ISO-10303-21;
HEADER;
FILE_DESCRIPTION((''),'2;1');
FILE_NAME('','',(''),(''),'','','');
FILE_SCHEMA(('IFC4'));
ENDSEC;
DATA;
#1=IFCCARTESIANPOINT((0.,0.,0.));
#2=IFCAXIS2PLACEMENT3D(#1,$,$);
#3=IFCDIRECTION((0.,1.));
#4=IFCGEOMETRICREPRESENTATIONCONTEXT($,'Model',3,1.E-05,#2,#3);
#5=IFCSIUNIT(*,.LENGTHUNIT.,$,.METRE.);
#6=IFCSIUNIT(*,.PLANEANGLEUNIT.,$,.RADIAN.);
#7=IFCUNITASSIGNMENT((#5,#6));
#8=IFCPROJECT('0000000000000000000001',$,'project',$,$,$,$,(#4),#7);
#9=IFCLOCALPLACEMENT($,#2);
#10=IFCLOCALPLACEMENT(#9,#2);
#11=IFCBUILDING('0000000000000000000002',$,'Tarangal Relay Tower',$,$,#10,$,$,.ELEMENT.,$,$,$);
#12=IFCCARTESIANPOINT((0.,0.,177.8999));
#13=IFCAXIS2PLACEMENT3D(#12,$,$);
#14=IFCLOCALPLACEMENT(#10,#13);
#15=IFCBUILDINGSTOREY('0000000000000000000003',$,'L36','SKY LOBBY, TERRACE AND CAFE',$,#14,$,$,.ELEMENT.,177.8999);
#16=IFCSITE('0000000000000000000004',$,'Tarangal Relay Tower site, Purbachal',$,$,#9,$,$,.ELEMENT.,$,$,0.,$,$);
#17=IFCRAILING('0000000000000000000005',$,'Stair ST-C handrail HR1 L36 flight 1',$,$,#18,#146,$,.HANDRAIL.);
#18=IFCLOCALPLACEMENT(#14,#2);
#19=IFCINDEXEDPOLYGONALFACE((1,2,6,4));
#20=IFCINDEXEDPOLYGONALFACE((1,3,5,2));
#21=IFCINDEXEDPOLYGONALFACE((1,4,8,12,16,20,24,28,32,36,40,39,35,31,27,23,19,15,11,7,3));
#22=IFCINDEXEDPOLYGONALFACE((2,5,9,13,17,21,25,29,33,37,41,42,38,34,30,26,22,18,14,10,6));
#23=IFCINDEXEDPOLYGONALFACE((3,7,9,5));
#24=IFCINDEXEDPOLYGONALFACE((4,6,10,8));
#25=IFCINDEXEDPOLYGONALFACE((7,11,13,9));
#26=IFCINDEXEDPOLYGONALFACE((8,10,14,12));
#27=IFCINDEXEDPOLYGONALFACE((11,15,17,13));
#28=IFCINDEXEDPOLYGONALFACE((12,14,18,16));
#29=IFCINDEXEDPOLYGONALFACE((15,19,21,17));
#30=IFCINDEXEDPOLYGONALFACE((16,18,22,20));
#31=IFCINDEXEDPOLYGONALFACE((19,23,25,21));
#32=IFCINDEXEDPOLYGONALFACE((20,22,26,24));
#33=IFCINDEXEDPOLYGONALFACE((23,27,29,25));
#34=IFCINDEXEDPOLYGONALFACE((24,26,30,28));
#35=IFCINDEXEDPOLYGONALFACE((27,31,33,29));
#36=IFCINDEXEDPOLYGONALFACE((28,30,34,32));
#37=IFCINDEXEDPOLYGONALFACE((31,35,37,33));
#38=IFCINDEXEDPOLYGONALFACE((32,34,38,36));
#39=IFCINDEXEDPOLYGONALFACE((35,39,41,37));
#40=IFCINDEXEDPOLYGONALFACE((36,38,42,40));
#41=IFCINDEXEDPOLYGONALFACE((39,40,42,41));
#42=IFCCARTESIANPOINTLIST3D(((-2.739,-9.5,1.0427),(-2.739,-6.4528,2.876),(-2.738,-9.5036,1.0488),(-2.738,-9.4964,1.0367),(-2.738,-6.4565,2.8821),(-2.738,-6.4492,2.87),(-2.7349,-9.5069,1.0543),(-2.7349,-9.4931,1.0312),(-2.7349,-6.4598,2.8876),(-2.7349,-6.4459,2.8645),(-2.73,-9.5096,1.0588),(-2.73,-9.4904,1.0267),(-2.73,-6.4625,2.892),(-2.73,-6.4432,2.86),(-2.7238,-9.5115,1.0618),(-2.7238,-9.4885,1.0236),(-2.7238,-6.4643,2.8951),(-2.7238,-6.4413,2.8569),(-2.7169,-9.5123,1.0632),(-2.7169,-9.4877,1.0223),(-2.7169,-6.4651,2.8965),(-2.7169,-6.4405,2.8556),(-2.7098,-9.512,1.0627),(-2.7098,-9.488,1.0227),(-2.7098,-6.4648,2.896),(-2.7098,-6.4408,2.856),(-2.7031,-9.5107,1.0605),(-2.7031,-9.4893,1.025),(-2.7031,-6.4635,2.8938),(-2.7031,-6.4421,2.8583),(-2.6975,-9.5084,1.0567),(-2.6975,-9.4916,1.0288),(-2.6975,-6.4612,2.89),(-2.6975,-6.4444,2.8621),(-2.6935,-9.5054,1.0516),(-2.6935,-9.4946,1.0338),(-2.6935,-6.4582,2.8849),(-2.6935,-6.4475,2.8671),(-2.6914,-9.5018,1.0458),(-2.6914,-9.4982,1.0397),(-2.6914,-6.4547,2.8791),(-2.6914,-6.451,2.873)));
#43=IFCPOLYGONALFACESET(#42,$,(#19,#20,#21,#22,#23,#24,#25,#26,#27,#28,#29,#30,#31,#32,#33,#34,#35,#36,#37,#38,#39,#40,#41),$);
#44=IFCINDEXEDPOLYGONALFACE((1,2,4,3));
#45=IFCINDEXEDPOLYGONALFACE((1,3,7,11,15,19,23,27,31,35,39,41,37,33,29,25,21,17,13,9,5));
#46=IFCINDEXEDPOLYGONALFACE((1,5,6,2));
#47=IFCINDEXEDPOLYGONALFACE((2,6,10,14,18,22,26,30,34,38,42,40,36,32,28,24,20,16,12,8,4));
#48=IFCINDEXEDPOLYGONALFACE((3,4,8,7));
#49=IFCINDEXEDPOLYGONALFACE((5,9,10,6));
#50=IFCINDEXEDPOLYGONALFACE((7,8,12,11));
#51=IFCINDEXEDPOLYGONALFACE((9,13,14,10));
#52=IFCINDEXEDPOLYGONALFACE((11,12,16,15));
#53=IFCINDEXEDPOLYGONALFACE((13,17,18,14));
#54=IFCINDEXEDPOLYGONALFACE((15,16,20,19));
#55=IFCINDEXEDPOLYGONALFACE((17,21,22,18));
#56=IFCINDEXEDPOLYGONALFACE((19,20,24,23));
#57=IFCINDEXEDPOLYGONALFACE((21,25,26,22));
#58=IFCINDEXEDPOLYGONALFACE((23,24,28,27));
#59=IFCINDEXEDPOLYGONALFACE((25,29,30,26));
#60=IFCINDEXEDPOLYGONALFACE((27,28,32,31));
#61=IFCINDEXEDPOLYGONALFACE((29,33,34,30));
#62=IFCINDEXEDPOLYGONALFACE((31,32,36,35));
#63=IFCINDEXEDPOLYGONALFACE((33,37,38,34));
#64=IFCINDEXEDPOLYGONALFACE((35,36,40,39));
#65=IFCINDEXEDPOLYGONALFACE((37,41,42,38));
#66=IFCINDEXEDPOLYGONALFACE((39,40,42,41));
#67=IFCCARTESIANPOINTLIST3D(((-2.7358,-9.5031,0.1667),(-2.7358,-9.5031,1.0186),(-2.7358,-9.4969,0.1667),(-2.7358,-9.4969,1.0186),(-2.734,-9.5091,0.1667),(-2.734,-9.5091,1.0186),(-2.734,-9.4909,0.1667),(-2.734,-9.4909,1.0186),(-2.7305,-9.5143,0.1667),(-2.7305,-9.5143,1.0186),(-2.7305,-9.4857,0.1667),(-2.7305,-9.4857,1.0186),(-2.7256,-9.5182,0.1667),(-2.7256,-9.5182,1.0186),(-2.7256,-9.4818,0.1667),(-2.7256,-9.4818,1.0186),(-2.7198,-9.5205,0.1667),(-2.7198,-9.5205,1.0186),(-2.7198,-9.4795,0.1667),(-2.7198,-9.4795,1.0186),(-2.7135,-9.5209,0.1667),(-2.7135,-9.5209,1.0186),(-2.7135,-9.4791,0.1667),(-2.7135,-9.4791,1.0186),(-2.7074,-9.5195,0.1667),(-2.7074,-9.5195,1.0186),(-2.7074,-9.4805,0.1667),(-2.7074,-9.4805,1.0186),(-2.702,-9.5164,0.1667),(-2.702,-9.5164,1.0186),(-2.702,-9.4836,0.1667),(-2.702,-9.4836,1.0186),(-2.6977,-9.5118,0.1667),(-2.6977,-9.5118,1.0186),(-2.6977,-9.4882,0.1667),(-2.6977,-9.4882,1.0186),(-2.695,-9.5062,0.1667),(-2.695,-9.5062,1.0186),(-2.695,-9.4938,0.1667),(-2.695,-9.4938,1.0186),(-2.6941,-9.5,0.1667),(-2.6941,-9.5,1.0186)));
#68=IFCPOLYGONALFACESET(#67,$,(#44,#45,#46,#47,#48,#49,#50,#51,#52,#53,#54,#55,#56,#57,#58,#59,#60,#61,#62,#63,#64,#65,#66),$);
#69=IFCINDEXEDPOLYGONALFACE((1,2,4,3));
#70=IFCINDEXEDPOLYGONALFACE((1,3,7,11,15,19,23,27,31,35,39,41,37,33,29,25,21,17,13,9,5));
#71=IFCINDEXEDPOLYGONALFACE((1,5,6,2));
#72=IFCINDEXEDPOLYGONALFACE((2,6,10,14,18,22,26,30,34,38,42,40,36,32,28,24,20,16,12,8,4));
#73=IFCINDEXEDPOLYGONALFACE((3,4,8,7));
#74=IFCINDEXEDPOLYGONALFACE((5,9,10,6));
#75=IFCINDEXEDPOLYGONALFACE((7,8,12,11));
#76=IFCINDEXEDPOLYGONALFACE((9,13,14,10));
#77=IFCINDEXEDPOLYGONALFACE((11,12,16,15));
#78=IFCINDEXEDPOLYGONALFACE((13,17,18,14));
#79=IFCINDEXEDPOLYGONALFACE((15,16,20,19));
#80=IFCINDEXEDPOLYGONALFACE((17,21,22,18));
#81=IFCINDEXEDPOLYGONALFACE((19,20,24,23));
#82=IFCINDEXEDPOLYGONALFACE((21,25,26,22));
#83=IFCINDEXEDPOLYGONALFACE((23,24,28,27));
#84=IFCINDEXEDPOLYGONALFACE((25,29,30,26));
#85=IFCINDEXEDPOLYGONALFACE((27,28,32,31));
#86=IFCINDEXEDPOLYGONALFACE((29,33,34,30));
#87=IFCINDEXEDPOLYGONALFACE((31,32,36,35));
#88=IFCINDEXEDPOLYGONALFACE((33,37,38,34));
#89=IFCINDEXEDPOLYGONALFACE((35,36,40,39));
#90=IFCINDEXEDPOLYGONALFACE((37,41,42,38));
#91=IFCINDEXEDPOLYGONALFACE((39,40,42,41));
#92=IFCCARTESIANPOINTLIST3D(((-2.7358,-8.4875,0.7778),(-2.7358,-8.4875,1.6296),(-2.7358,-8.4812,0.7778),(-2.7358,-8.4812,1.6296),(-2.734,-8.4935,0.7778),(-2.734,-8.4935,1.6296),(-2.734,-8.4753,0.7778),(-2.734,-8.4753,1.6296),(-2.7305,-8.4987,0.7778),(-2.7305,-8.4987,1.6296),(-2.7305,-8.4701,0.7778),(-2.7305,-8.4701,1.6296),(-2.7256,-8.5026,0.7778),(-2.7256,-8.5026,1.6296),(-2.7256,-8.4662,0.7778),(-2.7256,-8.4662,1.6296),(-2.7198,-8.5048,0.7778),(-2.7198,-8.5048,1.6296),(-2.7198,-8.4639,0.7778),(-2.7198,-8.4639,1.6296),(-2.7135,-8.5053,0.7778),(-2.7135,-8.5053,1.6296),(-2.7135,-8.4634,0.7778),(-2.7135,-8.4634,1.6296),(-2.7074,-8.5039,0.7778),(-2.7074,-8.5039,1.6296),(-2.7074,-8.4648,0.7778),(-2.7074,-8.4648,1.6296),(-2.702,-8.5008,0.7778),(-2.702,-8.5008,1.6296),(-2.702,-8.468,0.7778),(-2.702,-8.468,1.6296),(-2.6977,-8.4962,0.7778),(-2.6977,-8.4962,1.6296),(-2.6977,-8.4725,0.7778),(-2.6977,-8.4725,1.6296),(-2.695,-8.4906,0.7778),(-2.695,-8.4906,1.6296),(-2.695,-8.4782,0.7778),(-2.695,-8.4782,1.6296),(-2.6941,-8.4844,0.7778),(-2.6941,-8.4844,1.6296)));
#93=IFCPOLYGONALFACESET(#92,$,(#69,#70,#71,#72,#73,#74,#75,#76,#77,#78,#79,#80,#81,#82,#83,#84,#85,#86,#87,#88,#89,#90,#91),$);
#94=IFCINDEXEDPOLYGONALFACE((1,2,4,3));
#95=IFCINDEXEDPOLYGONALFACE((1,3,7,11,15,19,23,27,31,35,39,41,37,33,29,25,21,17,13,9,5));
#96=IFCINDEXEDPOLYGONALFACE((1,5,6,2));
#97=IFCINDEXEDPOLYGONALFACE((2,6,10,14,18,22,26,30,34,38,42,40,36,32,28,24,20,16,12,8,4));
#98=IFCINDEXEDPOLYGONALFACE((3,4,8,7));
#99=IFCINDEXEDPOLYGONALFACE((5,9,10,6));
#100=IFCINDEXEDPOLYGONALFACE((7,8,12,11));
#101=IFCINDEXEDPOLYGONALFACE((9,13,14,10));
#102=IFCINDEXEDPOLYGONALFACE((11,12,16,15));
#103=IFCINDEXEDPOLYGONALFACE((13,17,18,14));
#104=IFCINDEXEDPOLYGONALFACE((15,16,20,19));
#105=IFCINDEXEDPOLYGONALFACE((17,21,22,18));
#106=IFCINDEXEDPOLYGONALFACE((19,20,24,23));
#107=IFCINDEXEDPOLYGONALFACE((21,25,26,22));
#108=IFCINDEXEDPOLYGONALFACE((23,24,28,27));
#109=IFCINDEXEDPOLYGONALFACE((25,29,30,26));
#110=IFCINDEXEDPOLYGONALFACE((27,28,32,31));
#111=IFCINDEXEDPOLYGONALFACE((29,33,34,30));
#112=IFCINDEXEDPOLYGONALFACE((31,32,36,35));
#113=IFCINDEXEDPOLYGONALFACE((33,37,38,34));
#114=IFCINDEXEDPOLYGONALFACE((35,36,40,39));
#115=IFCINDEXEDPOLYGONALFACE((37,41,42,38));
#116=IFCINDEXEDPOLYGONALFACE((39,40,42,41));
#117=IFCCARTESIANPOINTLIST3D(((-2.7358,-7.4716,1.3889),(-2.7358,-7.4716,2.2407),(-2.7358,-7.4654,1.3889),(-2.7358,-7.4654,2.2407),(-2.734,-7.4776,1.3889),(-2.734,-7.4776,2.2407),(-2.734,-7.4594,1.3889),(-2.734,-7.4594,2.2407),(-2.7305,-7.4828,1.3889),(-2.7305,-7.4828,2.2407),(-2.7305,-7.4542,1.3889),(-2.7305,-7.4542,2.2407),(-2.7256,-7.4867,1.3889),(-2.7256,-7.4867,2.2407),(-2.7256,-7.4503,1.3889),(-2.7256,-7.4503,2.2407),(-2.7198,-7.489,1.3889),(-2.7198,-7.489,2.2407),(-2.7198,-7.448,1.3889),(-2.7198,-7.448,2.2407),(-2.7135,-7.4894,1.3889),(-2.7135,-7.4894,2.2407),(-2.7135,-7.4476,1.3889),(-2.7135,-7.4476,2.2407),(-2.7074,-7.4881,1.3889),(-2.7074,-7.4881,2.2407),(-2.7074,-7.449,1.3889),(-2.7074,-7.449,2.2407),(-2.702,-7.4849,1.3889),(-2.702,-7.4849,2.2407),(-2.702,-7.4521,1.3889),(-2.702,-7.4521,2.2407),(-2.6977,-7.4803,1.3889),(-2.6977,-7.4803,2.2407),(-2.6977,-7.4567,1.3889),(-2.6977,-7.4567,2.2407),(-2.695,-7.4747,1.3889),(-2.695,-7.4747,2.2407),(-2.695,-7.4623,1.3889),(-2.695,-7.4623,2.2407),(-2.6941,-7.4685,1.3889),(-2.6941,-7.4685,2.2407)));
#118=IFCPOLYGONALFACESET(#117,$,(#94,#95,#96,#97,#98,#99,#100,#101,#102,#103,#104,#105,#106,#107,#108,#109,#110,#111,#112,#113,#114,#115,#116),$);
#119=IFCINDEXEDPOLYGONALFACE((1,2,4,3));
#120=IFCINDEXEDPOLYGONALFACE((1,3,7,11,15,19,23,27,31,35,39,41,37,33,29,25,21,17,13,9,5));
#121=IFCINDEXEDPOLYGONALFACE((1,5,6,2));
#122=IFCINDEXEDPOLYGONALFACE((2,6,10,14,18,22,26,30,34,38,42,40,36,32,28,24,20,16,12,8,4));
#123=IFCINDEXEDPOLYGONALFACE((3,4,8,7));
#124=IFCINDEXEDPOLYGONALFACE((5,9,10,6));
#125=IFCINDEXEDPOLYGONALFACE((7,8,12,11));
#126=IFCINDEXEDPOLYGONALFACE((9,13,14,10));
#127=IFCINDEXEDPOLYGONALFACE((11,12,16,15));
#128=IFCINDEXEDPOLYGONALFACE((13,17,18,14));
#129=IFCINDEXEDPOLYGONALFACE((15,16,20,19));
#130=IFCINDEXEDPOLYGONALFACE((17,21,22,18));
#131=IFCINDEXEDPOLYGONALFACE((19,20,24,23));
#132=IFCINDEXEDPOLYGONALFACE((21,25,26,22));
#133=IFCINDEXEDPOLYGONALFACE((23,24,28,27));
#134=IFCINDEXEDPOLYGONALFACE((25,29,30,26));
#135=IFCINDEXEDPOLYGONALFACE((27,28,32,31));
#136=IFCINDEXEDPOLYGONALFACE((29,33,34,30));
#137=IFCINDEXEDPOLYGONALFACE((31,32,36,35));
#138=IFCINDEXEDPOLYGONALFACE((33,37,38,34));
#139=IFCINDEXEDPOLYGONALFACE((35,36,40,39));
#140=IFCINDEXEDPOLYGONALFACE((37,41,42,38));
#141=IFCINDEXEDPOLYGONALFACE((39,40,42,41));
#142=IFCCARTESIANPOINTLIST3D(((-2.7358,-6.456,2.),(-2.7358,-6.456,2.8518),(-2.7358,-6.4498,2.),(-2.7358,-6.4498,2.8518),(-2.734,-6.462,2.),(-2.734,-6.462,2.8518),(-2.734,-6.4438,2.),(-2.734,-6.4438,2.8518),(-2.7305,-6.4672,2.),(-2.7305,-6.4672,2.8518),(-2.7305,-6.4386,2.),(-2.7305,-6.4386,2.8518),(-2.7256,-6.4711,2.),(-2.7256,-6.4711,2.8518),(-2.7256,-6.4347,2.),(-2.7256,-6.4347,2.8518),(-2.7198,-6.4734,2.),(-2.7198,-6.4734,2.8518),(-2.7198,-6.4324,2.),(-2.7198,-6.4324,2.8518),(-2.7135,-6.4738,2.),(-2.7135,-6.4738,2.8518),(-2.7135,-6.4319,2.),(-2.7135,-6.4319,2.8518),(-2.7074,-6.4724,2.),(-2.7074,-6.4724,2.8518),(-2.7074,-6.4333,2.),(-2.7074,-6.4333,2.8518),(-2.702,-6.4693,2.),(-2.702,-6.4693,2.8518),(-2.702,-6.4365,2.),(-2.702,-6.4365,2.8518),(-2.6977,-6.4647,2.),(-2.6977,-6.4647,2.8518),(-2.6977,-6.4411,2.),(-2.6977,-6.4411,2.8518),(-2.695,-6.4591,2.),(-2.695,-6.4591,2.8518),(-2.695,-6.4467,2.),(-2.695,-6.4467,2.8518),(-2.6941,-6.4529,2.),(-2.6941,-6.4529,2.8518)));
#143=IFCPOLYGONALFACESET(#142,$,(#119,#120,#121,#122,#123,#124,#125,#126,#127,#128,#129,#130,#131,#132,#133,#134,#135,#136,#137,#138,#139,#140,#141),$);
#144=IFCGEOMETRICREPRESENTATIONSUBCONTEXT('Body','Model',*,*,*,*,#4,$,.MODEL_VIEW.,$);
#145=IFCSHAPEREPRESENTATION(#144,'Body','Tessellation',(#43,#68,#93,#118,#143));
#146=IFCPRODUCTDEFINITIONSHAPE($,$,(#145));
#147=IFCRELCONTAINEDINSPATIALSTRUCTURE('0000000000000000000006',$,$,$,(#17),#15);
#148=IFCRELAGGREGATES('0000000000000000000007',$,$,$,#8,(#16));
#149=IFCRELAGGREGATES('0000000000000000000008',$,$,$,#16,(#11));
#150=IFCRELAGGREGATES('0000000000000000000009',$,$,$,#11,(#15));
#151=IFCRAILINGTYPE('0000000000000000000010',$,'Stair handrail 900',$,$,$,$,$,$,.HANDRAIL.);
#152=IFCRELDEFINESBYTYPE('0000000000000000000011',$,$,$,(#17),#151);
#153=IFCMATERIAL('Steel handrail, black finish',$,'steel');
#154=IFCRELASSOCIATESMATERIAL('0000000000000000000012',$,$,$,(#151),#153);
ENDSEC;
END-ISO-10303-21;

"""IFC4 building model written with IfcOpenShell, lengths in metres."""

from ifc_helpers import new_model, si_unit, direction, frame, origin, origin_2d, place, context, subcontext, project, spatial, circle, extrude, material, type_object, element, save


model = new_model("IFC4")

# Units and contexts
model_context = context("Model", 3, precision=1e-05, world=origin(), true_north=direction((0.0, 1.0)))
body_context = subcontext(model_context, "Body", "Model", "MODEL_VIEW")
ifc_project = project(units=[si_unit("LENGTHUNIT", "METRE"), si_unit("PLANEANGLEUNIT", "RADIAN")], contexts=[model_context])

# Site, building, storey
site_placement = place(None, origin())
site = spatial("IfcSite", under=ifc_project, at=site_placement, Name="Tarangal Relay Tower site, Purbachal", CompositionType="ELEMENT", RefElevation=0.0)
building_placement = place(site_placement, origin())
building = spatial("IfcBuilding", under=site, at=building_placement, Name="Tarangal Relay Tower", CompositionType="ELEMENT")
storey_placement = place(building_placement, frame((0.0, 0.0, 177.8999)))
storey = spatial("IfcBuildingStorey", under=building, at=storey_placement, Name="L36", Description="SKY LOBBY, TERRACE AND CAFE", CompositionType="ELEMENT", Elevation=177.8999)

# Railing
ifc_material_1 = material(Name="Steel handrail, black finish", Category="steel")
railing_type_1 = type_object("IfcRailingType", Name="Stair handrail 900", PredefinedType="HANDRAIL", material=ifc_material_1)
railing_1_placement = place(storey_placement, frame((-2.7151, -9.5, 0.1667)))
element("IfcRailing", 1, at=railing_1_placement, inside=storey, type_object=railing_type_1, Name="Stair ST-C handrail HR1 L36 flight 1", PredefinedType="HANDRAIL", context=body_context, shape_type="SweptSolid", body=[
    extrude(circle(Radius=0.0239, at=origin_2d()), frame((0.0, 0.0, 0.876), z_axis=(0.0, 0.856874, 0.515525), x_axis=(-1.0, 0.0, 0.0)), (0.0, 0.0, 1.0), 3.5562),
    extrude(circle(Radius=0.021, at=origin_2d()), origin(), (0.0, 0.0, 1.0), 0.8518),
    extrude(circle(Radius=0.021, at=origin_2d()), frame((0.0, 1.0156, 0.6111)), (0.0, 0.0, 1.0), 0.8518),
    extrude(circle(Radius=0.021, at=origin_2d()), frame((0.0, 2.0315, 1.2222)), (0.0, 0.0, 1.0), 0.8518),
    extrude(circle(Radius=0.021, at=origin_2d()), frame((0.0, 3.0471, 1.8333)), (0.0, 0.0, 1.0), 0.8518),
])

save(model, "model.ifc")
